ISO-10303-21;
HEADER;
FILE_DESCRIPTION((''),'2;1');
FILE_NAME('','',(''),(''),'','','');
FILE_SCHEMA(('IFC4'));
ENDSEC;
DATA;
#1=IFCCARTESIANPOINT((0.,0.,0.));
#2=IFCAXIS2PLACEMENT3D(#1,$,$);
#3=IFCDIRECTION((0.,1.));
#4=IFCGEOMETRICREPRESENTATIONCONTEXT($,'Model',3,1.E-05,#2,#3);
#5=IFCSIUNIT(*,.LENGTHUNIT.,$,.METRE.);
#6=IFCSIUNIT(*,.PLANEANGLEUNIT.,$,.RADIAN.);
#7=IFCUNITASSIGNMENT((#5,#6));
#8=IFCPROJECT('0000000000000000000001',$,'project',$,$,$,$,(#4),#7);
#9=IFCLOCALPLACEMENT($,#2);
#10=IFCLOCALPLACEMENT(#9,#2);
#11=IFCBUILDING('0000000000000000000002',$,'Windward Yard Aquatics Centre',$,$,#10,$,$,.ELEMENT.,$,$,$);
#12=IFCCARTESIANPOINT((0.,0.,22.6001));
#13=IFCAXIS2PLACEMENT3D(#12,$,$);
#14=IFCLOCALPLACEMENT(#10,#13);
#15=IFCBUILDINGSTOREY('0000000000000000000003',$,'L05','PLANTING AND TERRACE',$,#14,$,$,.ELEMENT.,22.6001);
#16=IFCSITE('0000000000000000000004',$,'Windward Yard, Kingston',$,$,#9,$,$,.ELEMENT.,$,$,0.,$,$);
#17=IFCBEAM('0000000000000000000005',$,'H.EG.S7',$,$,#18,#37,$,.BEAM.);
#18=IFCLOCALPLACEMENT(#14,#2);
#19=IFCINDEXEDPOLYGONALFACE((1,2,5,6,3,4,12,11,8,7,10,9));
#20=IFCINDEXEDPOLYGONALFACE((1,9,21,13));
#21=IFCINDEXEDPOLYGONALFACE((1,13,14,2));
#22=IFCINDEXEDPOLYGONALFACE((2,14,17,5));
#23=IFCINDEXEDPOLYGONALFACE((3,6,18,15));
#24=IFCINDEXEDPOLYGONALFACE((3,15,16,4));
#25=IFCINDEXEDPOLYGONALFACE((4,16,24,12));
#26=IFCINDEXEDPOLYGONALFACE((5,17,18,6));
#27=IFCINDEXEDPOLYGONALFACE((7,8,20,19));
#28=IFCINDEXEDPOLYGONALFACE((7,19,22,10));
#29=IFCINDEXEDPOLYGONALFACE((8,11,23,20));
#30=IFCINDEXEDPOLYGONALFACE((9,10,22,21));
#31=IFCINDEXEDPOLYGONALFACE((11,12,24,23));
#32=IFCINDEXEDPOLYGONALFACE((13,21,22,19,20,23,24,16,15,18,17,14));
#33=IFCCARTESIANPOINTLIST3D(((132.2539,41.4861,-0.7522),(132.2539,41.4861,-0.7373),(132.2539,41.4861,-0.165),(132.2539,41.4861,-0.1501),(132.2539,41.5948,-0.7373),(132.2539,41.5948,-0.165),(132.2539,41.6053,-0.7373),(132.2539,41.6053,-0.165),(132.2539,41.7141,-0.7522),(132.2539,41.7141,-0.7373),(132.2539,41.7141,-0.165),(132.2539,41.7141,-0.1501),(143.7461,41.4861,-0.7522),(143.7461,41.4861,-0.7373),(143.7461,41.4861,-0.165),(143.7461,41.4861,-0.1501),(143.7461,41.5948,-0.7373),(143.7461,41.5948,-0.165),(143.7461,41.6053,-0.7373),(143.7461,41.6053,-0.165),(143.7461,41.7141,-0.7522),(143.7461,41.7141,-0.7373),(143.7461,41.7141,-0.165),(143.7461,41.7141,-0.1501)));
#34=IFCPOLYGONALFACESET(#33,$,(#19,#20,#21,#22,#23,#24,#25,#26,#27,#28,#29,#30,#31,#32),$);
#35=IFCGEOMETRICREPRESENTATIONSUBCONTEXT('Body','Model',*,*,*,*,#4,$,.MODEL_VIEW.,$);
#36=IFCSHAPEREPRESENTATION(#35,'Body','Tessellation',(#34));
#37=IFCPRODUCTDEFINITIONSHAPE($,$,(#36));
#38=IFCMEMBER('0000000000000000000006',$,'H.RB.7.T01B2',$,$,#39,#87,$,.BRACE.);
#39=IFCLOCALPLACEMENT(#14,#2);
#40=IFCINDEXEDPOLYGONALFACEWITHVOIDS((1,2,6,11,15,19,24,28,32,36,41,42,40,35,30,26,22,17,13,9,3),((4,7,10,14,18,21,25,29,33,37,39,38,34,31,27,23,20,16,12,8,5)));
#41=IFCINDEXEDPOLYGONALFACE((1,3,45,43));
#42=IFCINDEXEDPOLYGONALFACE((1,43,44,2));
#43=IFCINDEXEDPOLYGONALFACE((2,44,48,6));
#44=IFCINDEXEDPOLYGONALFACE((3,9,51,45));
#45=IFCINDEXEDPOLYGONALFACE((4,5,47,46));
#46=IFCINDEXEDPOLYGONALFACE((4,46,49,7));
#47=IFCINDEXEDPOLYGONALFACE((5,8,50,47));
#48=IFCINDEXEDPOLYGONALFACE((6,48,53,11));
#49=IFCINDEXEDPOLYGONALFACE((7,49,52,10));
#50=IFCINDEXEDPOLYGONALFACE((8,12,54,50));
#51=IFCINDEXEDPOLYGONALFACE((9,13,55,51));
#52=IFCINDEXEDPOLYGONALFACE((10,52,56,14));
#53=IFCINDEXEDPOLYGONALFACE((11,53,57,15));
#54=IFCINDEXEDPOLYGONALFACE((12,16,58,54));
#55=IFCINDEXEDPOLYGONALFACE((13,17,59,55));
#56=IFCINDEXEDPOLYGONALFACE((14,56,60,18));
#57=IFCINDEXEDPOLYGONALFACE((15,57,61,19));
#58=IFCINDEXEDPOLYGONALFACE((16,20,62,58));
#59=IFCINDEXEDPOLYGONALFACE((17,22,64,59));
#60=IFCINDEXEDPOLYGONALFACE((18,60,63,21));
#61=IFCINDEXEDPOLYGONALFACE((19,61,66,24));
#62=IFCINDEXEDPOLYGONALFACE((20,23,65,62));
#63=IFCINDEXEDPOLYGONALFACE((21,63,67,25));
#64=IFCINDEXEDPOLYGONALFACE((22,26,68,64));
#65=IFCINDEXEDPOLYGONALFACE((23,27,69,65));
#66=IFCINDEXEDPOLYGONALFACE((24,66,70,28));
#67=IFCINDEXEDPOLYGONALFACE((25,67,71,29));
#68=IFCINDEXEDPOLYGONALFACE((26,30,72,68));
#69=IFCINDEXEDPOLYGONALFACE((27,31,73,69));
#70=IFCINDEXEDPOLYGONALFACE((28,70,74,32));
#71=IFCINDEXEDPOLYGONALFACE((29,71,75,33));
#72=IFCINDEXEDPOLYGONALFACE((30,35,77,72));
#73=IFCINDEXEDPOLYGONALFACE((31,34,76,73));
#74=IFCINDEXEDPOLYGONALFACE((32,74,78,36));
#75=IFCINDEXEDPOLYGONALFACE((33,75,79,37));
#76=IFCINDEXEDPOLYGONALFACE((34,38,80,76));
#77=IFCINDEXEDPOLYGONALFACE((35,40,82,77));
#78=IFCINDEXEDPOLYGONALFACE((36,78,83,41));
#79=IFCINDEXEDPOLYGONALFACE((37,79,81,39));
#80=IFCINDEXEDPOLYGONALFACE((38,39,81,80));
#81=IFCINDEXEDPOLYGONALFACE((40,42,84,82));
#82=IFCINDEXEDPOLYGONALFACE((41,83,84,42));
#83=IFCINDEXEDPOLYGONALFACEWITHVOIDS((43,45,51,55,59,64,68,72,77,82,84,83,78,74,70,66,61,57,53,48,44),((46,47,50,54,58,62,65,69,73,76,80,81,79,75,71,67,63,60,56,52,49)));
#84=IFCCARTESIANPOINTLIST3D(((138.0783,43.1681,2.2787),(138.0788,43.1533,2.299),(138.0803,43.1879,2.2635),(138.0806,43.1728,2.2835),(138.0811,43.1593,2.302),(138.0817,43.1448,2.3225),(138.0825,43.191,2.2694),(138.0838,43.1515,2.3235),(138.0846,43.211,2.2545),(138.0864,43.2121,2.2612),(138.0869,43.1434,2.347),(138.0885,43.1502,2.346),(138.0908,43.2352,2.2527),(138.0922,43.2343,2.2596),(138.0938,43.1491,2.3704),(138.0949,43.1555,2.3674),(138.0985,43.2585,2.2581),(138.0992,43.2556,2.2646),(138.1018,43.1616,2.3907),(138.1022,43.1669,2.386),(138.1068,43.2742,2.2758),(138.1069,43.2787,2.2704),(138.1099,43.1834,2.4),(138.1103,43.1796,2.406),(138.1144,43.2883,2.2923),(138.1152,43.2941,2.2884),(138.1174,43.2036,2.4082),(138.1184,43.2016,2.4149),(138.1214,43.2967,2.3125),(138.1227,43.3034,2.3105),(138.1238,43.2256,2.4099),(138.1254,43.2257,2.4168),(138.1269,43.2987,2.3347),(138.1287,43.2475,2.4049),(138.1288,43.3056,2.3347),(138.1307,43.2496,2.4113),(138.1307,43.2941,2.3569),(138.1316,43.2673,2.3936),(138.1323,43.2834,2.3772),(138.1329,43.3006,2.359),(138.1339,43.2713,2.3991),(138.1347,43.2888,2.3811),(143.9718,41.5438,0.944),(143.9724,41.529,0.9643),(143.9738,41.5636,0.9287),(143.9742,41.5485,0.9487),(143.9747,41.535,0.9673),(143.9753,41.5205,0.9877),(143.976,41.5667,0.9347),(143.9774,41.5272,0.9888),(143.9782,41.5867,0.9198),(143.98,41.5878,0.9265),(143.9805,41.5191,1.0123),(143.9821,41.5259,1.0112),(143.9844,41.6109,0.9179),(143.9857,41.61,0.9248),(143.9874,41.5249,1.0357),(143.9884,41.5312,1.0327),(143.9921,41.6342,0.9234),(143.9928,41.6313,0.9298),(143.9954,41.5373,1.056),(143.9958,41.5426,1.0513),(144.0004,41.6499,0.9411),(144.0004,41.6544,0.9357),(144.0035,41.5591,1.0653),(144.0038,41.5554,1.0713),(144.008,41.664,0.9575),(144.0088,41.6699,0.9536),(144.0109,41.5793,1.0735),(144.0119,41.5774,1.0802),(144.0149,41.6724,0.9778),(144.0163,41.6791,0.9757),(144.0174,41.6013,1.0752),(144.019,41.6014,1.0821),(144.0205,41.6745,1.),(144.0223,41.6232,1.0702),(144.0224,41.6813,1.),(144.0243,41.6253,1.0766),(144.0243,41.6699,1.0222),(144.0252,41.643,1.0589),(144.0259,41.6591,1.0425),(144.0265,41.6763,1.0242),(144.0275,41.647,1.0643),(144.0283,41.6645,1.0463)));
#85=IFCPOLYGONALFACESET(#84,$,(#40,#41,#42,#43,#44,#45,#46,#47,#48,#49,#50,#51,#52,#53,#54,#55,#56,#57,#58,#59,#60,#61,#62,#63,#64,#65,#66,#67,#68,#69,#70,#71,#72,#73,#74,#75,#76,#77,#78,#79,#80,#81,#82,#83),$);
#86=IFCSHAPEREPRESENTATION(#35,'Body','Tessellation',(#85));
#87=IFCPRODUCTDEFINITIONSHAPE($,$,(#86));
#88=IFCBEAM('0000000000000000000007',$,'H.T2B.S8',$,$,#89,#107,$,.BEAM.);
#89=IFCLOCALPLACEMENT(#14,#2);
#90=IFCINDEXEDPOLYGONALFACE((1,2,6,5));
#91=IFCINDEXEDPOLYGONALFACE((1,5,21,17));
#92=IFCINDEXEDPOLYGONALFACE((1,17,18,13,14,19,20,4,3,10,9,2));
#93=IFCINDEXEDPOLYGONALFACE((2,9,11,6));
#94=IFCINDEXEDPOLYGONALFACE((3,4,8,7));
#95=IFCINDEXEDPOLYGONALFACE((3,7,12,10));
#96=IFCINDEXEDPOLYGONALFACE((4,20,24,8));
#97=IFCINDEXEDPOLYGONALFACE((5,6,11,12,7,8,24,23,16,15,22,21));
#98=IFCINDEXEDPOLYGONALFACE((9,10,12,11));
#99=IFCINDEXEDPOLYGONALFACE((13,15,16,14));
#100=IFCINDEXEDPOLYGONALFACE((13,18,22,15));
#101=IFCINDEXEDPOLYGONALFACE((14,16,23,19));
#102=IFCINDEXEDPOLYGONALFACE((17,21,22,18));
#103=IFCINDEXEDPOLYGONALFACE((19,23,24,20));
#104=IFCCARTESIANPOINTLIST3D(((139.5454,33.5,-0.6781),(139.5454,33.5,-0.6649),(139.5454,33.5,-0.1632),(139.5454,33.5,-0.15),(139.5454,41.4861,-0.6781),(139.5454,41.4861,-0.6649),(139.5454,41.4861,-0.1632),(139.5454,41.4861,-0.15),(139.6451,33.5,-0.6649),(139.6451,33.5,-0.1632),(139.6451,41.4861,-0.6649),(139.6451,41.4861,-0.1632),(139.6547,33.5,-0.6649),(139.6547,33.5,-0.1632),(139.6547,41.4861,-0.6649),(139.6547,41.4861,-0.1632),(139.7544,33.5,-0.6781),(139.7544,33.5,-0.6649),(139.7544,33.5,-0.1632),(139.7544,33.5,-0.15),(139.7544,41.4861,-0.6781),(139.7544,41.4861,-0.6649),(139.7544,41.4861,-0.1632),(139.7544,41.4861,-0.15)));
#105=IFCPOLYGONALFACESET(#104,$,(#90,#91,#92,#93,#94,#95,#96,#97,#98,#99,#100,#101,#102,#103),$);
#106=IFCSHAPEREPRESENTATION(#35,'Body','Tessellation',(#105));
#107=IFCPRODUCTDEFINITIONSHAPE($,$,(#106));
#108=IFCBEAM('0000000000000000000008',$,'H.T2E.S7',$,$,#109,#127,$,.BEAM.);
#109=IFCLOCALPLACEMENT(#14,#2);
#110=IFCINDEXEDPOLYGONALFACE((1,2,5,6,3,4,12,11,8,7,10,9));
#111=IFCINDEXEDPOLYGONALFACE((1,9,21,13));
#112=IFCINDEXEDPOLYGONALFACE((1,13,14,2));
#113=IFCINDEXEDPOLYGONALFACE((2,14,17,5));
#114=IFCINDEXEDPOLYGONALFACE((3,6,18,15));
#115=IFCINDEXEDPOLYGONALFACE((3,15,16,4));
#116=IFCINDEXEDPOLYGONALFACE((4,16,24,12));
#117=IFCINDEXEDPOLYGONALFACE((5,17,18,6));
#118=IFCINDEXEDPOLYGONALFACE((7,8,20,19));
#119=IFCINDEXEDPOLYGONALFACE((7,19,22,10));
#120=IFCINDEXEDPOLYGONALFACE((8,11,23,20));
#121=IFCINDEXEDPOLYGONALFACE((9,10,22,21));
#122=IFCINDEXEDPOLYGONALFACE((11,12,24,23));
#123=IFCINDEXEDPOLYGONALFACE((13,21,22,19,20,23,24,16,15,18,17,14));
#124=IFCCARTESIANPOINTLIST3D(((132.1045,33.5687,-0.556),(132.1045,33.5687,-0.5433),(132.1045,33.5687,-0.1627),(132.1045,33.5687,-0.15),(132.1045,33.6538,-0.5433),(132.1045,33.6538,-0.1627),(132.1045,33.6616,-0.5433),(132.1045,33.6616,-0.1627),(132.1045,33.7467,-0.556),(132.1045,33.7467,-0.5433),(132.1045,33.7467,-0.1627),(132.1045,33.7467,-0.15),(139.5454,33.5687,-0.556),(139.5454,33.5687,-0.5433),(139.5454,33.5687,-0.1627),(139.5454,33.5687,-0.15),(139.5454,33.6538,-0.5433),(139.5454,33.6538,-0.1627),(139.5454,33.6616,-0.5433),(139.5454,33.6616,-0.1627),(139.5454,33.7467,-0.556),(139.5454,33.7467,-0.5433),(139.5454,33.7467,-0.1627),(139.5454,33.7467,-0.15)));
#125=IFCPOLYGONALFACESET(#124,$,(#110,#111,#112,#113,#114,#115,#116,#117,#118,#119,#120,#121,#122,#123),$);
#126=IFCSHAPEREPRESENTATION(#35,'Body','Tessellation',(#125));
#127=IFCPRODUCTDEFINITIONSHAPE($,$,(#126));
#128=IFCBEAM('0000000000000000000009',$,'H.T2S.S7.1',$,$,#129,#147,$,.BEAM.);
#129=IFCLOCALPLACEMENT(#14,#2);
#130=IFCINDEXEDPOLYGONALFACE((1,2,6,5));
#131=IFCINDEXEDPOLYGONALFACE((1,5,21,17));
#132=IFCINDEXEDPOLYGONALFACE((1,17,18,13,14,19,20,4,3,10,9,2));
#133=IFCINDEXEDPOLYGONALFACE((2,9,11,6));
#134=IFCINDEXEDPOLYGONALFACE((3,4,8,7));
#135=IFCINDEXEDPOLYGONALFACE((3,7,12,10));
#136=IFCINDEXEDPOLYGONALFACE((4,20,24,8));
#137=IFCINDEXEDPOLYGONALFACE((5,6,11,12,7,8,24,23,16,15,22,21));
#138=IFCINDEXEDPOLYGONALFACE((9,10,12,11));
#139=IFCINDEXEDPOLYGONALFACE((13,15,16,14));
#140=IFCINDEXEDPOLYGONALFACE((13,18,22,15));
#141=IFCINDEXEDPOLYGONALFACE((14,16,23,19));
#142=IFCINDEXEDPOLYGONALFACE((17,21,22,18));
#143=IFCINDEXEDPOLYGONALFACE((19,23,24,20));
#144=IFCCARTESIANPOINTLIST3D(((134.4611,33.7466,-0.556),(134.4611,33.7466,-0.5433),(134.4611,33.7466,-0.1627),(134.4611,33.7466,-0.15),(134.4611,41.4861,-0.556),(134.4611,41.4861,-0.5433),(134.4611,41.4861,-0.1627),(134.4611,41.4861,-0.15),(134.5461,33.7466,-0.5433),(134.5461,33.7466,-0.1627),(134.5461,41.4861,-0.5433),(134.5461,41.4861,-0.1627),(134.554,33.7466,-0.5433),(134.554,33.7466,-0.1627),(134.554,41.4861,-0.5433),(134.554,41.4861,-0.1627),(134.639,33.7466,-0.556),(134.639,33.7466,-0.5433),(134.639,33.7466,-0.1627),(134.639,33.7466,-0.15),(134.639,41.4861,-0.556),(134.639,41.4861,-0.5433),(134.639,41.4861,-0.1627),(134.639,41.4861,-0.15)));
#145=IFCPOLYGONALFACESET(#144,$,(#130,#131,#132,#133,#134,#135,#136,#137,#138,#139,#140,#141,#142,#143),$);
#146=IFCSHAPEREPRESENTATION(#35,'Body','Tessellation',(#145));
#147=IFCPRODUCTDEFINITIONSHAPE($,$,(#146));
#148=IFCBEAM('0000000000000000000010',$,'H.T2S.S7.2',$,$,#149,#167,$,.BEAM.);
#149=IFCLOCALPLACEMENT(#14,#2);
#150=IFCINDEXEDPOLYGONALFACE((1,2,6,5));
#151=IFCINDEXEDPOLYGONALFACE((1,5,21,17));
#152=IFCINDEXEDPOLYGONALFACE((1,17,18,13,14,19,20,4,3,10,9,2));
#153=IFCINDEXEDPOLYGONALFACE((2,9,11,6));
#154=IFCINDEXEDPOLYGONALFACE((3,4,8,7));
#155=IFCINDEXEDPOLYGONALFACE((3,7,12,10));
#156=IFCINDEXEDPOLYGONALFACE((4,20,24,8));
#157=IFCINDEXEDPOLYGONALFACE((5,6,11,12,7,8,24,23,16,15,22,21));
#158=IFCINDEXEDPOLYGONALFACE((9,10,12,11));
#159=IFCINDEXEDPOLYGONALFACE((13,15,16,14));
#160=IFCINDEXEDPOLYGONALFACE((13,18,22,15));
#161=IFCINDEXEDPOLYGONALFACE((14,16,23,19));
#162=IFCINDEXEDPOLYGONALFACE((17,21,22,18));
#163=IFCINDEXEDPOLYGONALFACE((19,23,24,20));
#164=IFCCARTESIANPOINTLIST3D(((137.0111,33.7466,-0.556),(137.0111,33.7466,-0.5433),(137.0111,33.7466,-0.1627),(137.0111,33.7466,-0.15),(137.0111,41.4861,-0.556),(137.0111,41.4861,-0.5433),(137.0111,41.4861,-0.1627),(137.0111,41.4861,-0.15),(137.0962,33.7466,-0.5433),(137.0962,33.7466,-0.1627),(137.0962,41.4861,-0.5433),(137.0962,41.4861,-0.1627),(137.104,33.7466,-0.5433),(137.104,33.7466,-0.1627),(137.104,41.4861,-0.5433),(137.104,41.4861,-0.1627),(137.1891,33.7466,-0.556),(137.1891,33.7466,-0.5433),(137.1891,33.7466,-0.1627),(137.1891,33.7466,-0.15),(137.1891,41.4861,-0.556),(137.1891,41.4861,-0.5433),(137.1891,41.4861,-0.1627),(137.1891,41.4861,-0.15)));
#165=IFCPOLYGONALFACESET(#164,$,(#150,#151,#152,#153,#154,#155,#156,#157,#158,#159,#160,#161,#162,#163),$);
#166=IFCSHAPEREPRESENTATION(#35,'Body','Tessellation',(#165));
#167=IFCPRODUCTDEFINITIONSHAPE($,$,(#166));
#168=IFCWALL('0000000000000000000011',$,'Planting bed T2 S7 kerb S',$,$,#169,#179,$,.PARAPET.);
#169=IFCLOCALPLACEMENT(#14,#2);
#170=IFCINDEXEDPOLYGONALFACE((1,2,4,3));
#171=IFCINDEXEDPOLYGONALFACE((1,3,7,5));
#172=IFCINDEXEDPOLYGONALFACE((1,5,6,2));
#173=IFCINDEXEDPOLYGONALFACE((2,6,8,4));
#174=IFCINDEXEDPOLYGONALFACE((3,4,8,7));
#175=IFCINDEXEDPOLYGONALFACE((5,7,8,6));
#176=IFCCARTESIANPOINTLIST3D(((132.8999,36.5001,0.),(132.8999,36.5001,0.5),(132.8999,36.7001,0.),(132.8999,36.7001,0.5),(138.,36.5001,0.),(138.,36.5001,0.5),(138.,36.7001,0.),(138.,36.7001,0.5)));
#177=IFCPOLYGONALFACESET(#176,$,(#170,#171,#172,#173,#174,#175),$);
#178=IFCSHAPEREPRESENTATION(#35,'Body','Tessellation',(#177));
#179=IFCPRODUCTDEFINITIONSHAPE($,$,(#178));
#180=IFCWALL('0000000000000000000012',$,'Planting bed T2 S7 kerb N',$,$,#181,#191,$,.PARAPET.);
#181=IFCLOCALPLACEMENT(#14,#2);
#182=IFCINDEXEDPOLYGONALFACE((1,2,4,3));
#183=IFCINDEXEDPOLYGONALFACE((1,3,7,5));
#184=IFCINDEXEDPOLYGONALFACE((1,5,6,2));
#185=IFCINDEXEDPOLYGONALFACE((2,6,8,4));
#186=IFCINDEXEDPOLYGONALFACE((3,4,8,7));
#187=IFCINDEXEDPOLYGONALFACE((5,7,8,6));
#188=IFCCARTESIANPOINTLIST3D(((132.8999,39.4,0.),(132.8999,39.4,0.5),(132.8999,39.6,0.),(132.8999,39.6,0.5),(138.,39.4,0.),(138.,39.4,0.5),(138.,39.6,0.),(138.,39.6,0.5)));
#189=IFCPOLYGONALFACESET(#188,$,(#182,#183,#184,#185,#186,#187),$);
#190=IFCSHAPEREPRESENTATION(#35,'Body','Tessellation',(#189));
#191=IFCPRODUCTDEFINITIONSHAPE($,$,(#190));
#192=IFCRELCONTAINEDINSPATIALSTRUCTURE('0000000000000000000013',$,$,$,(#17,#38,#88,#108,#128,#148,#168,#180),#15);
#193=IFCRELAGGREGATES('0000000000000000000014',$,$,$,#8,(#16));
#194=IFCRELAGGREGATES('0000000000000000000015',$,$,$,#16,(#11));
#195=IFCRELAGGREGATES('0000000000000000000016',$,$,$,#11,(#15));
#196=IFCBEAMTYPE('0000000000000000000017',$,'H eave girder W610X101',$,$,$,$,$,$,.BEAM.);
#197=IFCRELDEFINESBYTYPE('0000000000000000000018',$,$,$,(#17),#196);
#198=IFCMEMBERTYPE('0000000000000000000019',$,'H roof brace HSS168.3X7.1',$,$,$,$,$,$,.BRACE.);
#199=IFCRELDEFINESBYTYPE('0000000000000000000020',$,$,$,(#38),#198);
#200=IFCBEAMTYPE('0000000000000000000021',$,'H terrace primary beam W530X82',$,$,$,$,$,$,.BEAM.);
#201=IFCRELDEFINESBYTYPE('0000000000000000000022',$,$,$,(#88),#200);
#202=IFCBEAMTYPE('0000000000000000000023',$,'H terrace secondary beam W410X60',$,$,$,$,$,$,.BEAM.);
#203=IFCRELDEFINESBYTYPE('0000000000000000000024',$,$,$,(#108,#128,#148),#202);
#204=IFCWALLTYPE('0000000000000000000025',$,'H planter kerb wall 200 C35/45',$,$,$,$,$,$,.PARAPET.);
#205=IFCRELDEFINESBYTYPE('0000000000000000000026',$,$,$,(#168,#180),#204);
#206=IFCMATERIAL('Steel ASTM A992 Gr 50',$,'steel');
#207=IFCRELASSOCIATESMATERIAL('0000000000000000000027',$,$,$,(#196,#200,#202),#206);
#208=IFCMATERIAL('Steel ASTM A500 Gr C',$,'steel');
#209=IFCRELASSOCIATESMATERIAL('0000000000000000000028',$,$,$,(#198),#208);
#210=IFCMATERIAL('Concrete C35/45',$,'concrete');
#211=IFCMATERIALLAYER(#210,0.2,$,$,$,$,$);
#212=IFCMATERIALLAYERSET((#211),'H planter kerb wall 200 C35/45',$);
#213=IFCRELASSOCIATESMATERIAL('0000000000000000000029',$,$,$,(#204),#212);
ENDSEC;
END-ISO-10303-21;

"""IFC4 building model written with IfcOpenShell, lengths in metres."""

from ifc_helpers import new_model, si_unit, direction, frame, frame_2d, origin, origin_2d, place, context, subcontext, project, spatial, rectangle, hollow_circle, i_section, extrude, material, layer, layer_set, material_profile, profile_set, type_object, element, save


model = new_model("IFC4")

# Units and contexts
model_context = context("Model", 3, precision=1e-05, world=origin(), true_north=direction((0.0, 1.0)))
body_context = subcontext(model_context, "Body", "Model", "MODEL_VIEW")
ifc_project = project(units=[si_unit("LENGTHUNIT", "METRE"), si_unit("PLANEANGLEUNIT", "RADIAN")], contexts=[model_context])

# Site, building, storey
site_placement = place(None, origin())
site = spatial("IfcSite", under=ifc_project, at=site_placement, Name="Windward Yard, Kingston", CompositionType="ELEMENT", RefElevation=0.0)
building_placement = place(site_placement, origin())
building = spatial("IfcBuilding", under=site, at=building_placement, Name="Windward Yard Aquatics Centre", CompositionType="ELEMENT")
storey_placement = place(building_placement, frame((0.0, 0.0, 22.6001)))
storey = spatial("IfcBuildingStorey", under=building, at=storey_placement, Name="L05", Description="PLANTING AND TERRACE", CompositionType="ELEMENT", Elevation=22.6001)

# Beam
ifc_material_1 = material(Name="Steel ASTM A992 Gr 50", Category="steel")
ifc_material_profile_1 = material_profile(ifc_material_1, i_section(OverallWidth=0.228, OverallDepth=0.6021, WebThickness=0.0105, FlangeThickness=0.0149, at=origin_2d()), Name="W610X101")
ifc_profile_set_1 = profile_set([ifc_material_profile_1], Name="Steel ASTM A992 Gr 50")
beam_type_1 = type_object("IfcBeamType", Name="H eave girder W610X101", PredefinedType="BEAM", material=ifc_profile_set_1)
beam_1_placement = place(storey_placement, frame((132.2539, 41.6001, -0.4512), z_axis=(1.0, 0.0, 0.0), x_axis=(0.0, 1.0, 0.0)))
element("IfcBeam", 1, at=beam_1_placement, inside=storey, type_object=beam_type_1, Name="H.EG.S7", PredefinedType="BEAM", context=body_context, shape_type="SweptSolid", body=[
    extrude(i_section(OverallWidth=0.228, OverallDepth=0.6021, WebThickness=0.0105, FlangeThickness=0.0149, at=origin_2d()), origin(), (0.0, 0.0, 1.0), 11.4922),
])

# Member
ifc_material_2 = material(Name="Steel ASTM A500 Gr C", Category="steel")
ifc_material_profile_2 = material_profile(ifc_material_2, hollow_circle(Radius=0.0842, WallThickness=0.0071, at=origin_2d()), Name="HSS168.3X7.1")
ifc_profile_set_2 = profile_set([ifc_material_profile_2], Name="Steel ASTM A500 Gr C")
member_type = type_object("IfcMemberType", Name="H roof brace HSS168.3X7.1", PredefinedType="BRACE", material=ifc_profile_set_2)
member_placement = place(storey_placement, frame((138.1064, 43.2244, 2.3347), z_axis=(0.94187, -0.25958, -0.213306), x_axis=(0.265695, 0.964057, 0.0)))
element("IfcMember", 2, at=member_placement, inside=storey, type_object=member_type, Name="H.RB.7.T01B2", PredefinedType="BRACE", context=body_context, shape_type="SweptSolid", body=[
    extrude(hollow_circle(Radius=0.0842, WallThickness=0.0071, at=origin_2d()), origin(), (0.0, 0.0, 1.0), 6.2573),
])

# Beams
ifc_material_profile_3 = material_profile(ifc_material_1, i_section(OverallWidth=0.209, OverallDepth=0.5281, WebThickness=0.0095, FlangeThickness=0.0132, at=origin_2d()), Name="W530X82")
ifc_profile_set_3 = profile_set([ifc_material_profile_3], Name="Steel ASTM A992 Gr 50")
beam_type_2 = type_object("IfcBeamType", Name="H terrace primary beam W530X82", PredefinedType="BEAM", material=ifc_profile_set_3)
beam_2_placement = place(storey_placement, frame((139.6499, 33.5, -0.4141), z_axis=(0.0, 1.0, 0.0), x_axis=(-1.0, 0.0, 0.0)))
element("IfcBeam", 3, at=beam_2_placement, inside=storey, type_object=beam_type_2, Name="H.T2B.S8", PredefinedType="BEAM", context=body_context, shape_type="SweptSolid", body=[
    extrude(i_section(OverallWidth=0.209, OverallDepth=0.5281, WebThickness=0.0095, FlangeThickness=0.0132, at=origin_2d()), origin(), (0.0, 0.0, 1.0), 7.9861),
])
ifc_material_profile_4 = material_profile(ifc_material_1, i_section(OverallWidth=0.178, OverallDepth=0.406, WebThickness=0.0078, FlangeThickness=0.0127, at=origin_2d()), Name="W410X60")
ifc_profile_set_4 = profile_set([ifc_material_profile_4], Name="Steel ASTM A992 Gr 50")
beam_type_3 = type_object("IfcBeamType", Name="H terrace secondary beam W410X60", PredefinedType="BEAM", material=ifc_profile_set_4)
beam_3_placement = place(storey_placement, frame((132.1045, 33.6577, -0.353), z_axis=(1.0, 0.0, 0.0), x_axis=(0.0, 1.0, 0.0)))
element("IfcBeam", 4, at=beam_3_placement, inside=storey, type_object=beam_type_3, Name="H.T2E.S7", PredefinedType="BEAM", context=body_context, shape_type="SweptSolid", body=[
    extrude(i_section(OverallWidth=0.178, OverallDepth=0.406, WebThickness=0.0078, FlangeThickness=0.0127, at=origin_2d()), origin(), (0.0, 0.0, 1.0), 7.4409),
])
for number, where, z_axis, x_axis, name in (
    (5, (134.55, 33.7466, -0.353), (0.0, 1.0, 0.0), (-1.0, 0.0, 0.0), "H.T2S.S7.1"),
    (6, (137.1001, 33.7466, -0.353), (0.0, 1.0, 0.0), (-1.0, 0.0, 0.0), "H.T2S.S7.2"),
):
    element("IfcBeam", number, at=place(storey_placement, frame(where, z_axis=z_axis, x_axis=x_axis)), inside=storey, type_object=beam_type_3, Name=name, PredefinedType="BEAM", context=body_context, shape_type="SweptSolid", body=[
        extrude(i_section(OverallWidth=0.178, OverallDepth=0.406, WebThickness=0.0078, FlangeThickness=0.0127, at=origin_2d()), origin(), (0.0, 0.0, 1.0), 7.7395),
    ])

# Walls
ifc_material_3 = material(Name="Concrete C35/45", Category="concrete")
ifc_layer_1 = layer(ifc_material_3, 0.2)
ifc_layer_set_1 = layer_set([ifc_layer_1], Name="H planter kerb wall 200 C35/45")
wall_type = type_object("IfcWallType", Name="H planter kerb wall 200 C35/45", PredefinedType="PARAPET", material=ifc_layer_set_1)
for number, where, z_axis, x_axis, name in (
    (7, (132.8999, 36.6001, 0.0), (0.0, 0.0, 1.0), (1.0, 0.0, 0.0), "Planting bed T2 S7 kerb S"),
    (8, (132.8999, 39.5, 0.0), (0.0, 0.0, 1.0), (1.0, 0.0, 0.0), "Planting bed T2 S7 kerb N"),
):
    element("IfcWall", number, at=place(storey_placement, frame(where, z_axis=z_axis, x_axis=x_axis)), inside=storey, type_object=wall_type, Name=name, PredefinedType="PARAPET", context=body_context, shape_type="SweptSolid", body=[
        extrude(rectangle(XDim=5.1001, YDim=0.2, at=frame_2d((2.55, 0.0))), origin(), (0.0, 0.0, 1.0), 0.5),
    ])

save(model, "model.ifc")
